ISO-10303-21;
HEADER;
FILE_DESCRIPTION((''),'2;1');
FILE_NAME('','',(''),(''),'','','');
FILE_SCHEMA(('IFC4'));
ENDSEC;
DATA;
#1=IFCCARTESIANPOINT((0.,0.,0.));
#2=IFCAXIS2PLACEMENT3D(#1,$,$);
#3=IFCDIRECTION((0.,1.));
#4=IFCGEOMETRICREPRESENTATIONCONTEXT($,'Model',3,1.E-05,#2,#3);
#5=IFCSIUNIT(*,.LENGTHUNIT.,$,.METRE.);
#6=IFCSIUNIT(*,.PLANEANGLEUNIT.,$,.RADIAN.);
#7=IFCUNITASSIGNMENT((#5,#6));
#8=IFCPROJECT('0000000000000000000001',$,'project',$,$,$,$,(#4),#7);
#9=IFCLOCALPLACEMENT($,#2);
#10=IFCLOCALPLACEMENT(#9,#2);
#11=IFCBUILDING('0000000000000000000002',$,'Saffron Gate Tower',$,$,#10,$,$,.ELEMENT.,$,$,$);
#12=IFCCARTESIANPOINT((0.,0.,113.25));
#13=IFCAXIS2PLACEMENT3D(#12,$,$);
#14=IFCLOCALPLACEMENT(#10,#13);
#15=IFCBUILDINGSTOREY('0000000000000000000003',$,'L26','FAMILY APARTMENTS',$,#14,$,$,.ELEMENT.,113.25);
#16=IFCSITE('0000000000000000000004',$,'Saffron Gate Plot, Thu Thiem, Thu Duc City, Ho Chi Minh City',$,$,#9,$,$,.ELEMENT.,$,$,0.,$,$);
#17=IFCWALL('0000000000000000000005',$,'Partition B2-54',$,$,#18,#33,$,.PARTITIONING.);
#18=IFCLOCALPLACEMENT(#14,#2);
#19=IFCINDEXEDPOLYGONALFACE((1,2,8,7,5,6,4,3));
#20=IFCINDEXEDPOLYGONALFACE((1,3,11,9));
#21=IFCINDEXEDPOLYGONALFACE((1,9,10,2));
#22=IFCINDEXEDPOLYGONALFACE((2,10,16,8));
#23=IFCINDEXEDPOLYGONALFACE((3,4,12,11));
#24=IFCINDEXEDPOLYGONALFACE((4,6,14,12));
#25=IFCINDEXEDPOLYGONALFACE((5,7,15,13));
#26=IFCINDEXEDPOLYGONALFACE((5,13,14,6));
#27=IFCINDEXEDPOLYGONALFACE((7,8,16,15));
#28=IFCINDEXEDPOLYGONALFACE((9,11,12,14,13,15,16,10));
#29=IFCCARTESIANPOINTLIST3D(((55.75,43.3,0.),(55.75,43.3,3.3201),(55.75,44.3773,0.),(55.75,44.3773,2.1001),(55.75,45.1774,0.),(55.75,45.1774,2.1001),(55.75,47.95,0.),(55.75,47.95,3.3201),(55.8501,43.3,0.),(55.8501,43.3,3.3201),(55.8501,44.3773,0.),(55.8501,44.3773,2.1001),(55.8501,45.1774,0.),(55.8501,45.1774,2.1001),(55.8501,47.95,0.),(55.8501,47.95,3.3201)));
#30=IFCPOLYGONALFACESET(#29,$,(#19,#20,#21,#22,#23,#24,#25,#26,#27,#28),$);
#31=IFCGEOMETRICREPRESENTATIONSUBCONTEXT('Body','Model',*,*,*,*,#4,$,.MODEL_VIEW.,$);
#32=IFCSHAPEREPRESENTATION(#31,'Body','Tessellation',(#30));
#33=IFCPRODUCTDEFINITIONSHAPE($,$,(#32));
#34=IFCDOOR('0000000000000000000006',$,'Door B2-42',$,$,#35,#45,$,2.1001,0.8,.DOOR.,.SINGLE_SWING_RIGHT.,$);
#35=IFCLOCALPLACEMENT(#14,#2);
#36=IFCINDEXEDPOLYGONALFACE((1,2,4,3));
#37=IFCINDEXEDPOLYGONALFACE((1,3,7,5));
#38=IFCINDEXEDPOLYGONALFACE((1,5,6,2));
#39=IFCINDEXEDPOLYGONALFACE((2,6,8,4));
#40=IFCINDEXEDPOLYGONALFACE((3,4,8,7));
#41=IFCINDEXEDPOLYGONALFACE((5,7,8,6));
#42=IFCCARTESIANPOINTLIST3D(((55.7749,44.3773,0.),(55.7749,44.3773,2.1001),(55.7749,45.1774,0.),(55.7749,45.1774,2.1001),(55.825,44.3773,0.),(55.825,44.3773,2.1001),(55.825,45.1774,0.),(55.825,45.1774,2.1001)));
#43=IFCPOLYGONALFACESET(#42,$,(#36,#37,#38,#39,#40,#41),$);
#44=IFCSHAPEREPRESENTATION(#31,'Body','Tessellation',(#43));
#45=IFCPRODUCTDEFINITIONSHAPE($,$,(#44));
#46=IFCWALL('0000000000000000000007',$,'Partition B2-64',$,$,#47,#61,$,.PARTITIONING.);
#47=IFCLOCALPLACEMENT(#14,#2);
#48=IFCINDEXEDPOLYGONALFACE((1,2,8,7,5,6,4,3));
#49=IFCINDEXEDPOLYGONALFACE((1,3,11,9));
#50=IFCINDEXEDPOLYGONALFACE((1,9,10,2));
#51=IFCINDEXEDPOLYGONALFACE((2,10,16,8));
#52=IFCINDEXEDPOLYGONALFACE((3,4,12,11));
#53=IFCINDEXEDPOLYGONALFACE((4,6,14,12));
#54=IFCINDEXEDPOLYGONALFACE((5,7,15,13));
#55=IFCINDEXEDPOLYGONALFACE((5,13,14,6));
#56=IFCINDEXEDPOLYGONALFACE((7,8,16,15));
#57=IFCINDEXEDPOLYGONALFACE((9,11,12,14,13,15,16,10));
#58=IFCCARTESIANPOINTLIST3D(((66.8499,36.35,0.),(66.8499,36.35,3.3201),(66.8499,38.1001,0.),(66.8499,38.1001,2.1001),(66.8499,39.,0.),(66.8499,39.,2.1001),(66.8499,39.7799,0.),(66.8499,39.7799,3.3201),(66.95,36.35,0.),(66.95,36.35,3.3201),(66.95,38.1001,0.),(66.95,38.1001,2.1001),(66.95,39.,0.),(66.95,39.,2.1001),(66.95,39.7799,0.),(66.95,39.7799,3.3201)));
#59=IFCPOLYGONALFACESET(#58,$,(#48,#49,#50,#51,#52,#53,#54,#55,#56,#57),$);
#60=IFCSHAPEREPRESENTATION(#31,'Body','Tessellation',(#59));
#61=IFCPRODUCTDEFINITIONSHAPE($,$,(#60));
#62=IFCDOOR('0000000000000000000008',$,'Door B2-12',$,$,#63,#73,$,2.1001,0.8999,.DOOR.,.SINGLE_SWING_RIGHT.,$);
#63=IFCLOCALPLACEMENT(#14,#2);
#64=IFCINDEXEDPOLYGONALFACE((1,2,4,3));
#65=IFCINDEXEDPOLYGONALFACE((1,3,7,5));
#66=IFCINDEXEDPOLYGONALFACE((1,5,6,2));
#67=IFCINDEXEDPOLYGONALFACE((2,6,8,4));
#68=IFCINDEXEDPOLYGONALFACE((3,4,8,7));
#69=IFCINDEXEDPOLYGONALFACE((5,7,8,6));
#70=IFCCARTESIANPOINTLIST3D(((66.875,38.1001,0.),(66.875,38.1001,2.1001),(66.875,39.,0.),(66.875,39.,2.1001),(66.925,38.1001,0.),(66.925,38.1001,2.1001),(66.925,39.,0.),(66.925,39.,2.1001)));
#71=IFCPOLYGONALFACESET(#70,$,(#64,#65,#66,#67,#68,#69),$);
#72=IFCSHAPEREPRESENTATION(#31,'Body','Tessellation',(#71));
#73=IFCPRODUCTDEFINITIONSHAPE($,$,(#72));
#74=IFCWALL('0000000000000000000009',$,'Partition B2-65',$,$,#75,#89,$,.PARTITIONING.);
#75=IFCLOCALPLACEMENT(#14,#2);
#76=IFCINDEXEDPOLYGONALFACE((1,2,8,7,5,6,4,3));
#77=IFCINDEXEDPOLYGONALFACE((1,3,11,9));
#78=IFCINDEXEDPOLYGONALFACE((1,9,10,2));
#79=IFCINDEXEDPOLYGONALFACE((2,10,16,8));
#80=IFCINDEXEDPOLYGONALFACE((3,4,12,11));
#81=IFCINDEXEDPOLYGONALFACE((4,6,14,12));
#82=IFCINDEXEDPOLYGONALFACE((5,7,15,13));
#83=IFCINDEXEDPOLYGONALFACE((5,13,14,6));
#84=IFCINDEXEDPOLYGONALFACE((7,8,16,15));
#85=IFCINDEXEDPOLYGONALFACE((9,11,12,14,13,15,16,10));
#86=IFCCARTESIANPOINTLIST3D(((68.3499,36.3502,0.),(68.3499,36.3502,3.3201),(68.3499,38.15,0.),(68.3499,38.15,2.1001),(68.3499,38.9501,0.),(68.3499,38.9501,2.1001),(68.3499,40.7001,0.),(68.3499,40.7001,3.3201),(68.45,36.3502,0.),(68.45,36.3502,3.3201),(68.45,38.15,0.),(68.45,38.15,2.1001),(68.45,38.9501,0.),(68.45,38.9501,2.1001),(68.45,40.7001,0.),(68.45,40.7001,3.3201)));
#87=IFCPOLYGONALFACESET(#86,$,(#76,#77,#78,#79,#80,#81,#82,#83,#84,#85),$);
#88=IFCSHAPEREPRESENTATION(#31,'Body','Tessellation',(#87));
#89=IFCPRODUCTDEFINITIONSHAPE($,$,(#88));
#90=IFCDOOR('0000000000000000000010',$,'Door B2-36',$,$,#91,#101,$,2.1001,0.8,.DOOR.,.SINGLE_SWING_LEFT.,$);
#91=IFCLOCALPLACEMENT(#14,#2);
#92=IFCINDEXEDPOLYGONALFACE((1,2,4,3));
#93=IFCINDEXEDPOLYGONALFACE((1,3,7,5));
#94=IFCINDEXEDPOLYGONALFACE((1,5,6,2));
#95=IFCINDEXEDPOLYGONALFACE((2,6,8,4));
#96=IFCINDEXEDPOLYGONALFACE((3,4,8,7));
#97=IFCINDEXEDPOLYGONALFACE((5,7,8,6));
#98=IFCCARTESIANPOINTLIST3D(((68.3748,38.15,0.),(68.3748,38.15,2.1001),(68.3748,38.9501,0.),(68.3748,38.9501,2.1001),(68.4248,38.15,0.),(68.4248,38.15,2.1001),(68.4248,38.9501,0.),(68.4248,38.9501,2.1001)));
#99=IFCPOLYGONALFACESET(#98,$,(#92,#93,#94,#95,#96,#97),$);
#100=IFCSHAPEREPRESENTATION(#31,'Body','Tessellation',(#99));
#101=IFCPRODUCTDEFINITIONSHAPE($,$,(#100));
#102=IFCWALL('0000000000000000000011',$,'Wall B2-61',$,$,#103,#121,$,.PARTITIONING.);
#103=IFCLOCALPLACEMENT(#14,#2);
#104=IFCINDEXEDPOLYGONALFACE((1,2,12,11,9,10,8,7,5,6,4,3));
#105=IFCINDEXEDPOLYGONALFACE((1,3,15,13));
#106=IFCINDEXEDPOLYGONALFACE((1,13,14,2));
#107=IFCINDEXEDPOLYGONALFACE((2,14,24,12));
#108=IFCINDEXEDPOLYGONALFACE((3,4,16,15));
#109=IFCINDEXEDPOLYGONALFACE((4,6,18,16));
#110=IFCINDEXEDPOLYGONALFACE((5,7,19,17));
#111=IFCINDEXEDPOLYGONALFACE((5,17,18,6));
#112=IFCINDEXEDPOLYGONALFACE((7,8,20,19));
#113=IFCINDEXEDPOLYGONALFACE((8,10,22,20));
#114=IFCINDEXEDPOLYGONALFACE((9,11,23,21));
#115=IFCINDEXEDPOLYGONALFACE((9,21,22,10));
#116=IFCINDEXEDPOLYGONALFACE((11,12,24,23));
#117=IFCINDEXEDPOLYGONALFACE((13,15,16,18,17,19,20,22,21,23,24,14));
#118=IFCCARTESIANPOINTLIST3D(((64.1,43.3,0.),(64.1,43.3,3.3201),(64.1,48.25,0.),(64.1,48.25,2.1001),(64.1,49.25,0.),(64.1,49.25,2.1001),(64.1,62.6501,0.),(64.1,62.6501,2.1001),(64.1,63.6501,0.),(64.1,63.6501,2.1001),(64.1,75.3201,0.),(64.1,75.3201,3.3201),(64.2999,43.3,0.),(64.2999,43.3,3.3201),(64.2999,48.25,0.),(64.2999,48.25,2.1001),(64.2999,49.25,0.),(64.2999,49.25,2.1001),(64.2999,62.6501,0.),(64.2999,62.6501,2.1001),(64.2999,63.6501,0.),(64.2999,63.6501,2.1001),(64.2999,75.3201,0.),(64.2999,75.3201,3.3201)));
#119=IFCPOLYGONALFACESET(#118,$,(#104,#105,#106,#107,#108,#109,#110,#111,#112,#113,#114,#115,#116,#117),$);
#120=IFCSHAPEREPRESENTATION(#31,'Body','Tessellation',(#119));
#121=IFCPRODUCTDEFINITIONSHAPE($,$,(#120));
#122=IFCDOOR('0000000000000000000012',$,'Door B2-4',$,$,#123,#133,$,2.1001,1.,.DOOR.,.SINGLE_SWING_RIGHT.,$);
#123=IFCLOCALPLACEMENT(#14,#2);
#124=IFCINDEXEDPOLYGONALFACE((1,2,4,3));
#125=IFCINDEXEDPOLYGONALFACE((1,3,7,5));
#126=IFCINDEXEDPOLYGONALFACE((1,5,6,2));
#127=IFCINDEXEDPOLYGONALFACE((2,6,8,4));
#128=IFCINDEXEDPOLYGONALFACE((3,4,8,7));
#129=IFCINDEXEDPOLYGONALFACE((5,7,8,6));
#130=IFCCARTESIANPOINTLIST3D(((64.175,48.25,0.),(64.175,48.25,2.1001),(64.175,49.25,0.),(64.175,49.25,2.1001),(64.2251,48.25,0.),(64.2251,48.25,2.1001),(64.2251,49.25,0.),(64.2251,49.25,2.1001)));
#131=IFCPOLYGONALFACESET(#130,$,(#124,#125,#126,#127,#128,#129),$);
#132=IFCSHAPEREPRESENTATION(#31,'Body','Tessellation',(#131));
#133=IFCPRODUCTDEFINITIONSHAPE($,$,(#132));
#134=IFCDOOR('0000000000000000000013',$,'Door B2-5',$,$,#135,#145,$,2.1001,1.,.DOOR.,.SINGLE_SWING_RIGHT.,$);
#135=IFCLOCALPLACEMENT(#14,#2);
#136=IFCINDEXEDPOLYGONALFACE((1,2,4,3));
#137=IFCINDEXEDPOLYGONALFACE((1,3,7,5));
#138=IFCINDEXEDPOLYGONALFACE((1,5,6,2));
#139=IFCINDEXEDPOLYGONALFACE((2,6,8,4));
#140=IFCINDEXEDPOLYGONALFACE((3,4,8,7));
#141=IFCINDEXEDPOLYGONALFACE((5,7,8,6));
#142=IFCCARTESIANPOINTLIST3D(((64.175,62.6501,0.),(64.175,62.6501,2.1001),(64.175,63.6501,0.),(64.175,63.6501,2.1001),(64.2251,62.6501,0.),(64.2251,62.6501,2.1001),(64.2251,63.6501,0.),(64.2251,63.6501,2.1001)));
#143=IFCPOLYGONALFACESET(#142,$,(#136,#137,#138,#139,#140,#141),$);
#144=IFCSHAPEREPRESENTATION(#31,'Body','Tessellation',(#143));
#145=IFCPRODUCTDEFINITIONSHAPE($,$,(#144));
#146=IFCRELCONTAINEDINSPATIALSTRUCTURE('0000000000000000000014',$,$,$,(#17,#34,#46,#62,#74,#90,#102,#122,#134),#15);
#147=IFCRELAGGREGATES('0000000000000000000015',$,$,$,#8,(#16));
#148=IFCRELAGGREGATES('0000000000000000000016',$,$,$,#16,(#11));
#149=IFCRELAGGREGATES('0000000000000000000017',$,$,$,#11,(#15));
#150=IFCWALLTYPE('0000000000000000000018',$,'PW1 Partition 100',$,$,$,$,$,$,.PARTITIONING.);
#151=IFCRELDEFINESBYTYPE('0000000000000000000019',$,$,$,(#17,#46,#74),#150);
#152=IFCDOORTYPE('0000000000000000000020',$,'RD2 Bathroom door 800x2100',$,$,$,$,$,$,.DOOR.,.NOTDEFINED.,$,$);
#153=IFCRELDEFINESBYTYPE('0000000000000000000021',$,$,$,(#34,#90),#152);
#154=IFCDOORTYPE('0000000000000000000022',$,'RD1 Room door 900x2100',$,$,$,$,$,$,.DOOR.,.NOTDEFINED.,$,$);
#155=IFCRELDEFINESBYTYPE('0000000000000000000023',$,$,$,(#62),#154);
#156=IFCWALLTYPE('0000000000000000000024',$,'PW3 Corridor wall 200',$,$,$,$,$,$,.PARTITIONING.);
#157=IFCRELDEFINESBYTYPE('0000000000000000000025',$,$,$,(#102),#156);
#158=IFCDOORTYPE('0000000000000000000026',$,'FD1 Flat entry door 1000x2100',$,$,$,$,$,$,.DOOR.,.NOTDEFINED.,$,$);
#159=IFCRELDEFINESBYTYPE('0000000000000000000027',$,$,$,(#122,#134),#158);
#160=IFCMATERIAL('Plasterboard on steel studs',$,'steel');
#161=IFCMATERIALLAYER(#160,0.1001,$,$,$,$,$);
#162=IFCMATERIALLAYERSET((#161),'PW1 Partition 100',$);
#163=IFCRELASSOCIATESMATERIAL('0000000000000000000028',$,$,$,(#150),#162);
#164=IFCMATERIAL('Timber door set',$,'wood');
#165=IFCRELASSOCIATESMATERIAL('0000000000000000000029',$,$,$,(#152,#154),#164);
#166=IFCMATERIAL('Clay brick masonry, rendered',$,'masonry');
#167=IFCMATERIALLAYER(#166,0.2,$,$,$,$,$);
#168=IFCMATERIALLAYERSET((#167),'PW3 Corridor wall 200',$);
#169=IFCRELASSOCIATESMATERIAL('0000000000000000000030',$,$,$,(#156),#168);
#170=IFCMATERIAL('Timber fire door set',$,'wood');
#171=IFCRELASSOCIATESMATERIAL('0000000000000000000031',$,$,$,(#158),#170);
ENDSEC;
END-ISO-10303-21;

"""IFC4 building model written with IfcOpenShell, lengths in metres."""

from ifc_helpers import new_model, si_unit, direction, frame, frame_2d, origin, place, context, subcontext, project, spatial, rectangle, extrude, material, layer, layer_set, type_object, element, fill, save


model = new_model("IFC4")

# Units and contexts
model_context = context("Model", 3, precision=1e-05, world=origin(), true_north=direction((0.0, 1.0)))
body_context = subcontext(model_context, "Body", "Model", "MODEL_VIEW")
ifc_project = project(units=[si_unit("LENGTHUNIT", "METRE"), si_unit("PLANEANGLEUNIT", "RADIAN")], contexts=[model_context])

# Site, building, storey
site_placement = place(None, origin())
site = spatial("IfcSite", under=ifc_project, at=site_placement, Name="Saffron Gate Plot, Thu Thiem, Thu Duc City, Ho Chi Minh City", CompositionType="ELEMENT", RefElevation=0.0)
building_placement = place(site_placement, origin())
building = spatial("IfcBuilding", under=site, at=building_placement, Name="Saffron Gate Tower", CompositionType="ELEMENT")
storey_placement = place(building_placement, frame((0.0, 0.0, 113.25)))
storey = spatial("IfcBuildingStorey", under=building, at=storey_placement, Name="L26", Description="FAMILY APARTMENTS", CompositionType="ELEMENT", Elevation=113.25)

# Shared definitions
ifc_material_1 = material(Name="Plasterboard on steel studs", Category="steel")
ifc_layer_1 = layer(ifc_material_1, 0.1001)
ifc_layer_set_1 = layer_set([ifc_layer_1], Name="PW1 Partition 100")
wall_type_1 = type_object("IfcWallType", Name="PW1 Partition 100", PredefinedType="PARTITIONING", material=ifc_layer_set_1)
ifc_material_2 = material(Name="Timber door set", Category="wood")
door_type_1 = type_object("IfcDoorType", Name="RD2 Bathroom door 800x2100", OperationType="NOTDEFINED", PredefinedType="DOOR", material=ifc_material_2)

# Shared definitions
door_type_2 = type_object("IfcDoorType", Name="RD1 Room door 900x2100", OperationType="NOTDEFINED", PredefinedType="DOOR", material=ifc_material_2)

# Walls, openings, doors
wall_1_placement = place(storey_placement, frame((55.8, 47.95, 0.0), z_axis=(0.0, 0.0, 1.0), x_axis=(0.0, -1.0, 0.0)))
wall_1 = element("IfcWall", 1, at=wall_1_placement, inside=storey, type_object=wall_type_1, Name="Partition B2-54", PredefinedType="PARTITIONING", context=body_context, shape_type="SweptSolid", body=[
    extrude(rectangle(XDim=4.6499, YDim=0.1001, at=frame_2d((2.325, 0.0))), origin(), (0.0, 0.0, 1.0), 3.3201),
])
opening_1_placement = place(wall_1_placement, frame((2.7727, 0.0, 0.0)))
opening_1 = element("IfcOpeningElement", 2, at=opening_1_placement, cuts=wall_1, PredefinedType="OPENING", context=body_context, shape_type="SweptSolid", body=[
    extrude(rectangle(XDim=0.8, YDim=2.1001, at=frame_2d((0.3999, 1.05))), frame((0.0, 0.0601, 0.0), z_axis=(0.0, -1.0, 0.0), x_axis=(1.0, 0.0, 0.0)), (0.0, 0.0, 1.0), 0.1201),
])
door_1_placement = place(opening_1_placement, origin())
door_1 = element("IfcDoor", 3, at=door_1_placement, inside=storey, type_object=door_type_1, Name="Door B2-42", OperationType="SINGLE_SWING_RIGHT", OverallHeight=2.1001, OverallWidth=0.8, PredefinedType="DOOR", context=body_context, shape_type="SweptSolid", body=[
    extrude(rectangle(XDim=0.8, YDim=2.1001, at=frame_2d((0.3999, 1.05))), frame((0.0, 0.0249, 0.0), z_axis=(0.0, -1.0, 0.0), x_axis=(1.0, 0.0, 0.0)), (0.0, 0.0, 1.0), 0.05),
])
fill(opening_1, door_1)
wall_2_placement = place(storey_placement, frame((66.8999, 36.3501, 0.0), z_axis=(0.0, 0.0, 1.0), x_axis=(0.0, 1.0, 0.0)))
wall_2 = element("IfcWall", 4, at=wall_2_placement, inside=storey, type_object=wall_type_1, Name="Partition B2-64", PredefinedType="PARTITIONING", context=body_context, shape_type="SweptSolid", body=[
    extrude(rectangle(XDim=3.4299, YDim=0.1001, at=frame_2d((1.7148, 0.0))), origin(), (0.0, 0.0, 1.0), 3.3201),
])
opening_2_placement = place(wall_2_placement, frame((1.75, 0.0, 0.0)))
opening_2 = element("IfcOpeningElement", 5, at=opening_2_placement, cuts=wall_2, PredefinedType="OPENING", context=body_context, shape_type="SweptSolid", body=[
    extrude(rectangle(XDim=0.8999, YDim=2.1001, at=frame_2d((0.45, 1.05))), frame((0.0, 0.0601, 0.0), z_axis=(0.0, -1.0, 0.0), x_axis=(1.0, 0.0, 0.0)), (0.0, 0.0, 1.0), 0.1201),
])
door_2_placement = place(opening_2_placement, origin())
door_2 = element("IfcDoor", 6, at=door_2_placement, inside=storey, type_object=door_type_2, Name="Door B2-12", OperationType="SINGLE_SWING_RIGHT", OverallHeight=2.1001, OverallWidth=0.8999, PredefinedType="DOOR", context=body_context, shape_type="SweptSolid", body=[
    extrude(rectangle(XDim=0.8999, YDim=2.1001, at=frame_2d((0.45, 1.05))), frame((0.0, 0.0249, 0.0), z_axis=(0.0, -1.0, 0.0), x_axis=(1.0, 0.0, 0.0)), (0.0, 0.0, 1.0), 0.05),
])
fill(opening_2, door_2)
wall_3_placement = place(storey_placement, frame((68.3999, 40.7, 0.0), z_axis=(0.0, 0.0, 1.0), x_axis=(0.0, -1.0, 0.0)))
wall_3 = element("IfcWall", 7, at=wall_3_placement, inside=storey, type_object=wall_type_1, Name="Partition B2-65", PredefinedType="PARTITIONING", context=body_context, shape_type="SweptSolid", body=[
    extrude(rectangle(XDim=4.3499, YDim=0.1001, at=frame_2d((2.1748, 0.0))), origin(), (0.0, 0.0, 1.0), 3.3201),
])
opening_3_placement = place(wall_3_placement, frame((1.75, 0.0, 0.0)))
opening_3 = element("IfcOpeningElement", 8, at=opening_3_placement, cuts=wall_3, PredefinedType="OPENING", context=body_context, shape_type="SweptSolid", body=[
    extrude(rectangle(XDim=0.8, YDim=2.1001, at=frame_2d((0.3999, 1.05))), frame((0.0, 0.0601, 0.0), z_axis=(0.0, -1.0, 0.0), x_axis=(1.0, 0.0, 0.0)), (0.0, 0.0, 1.0), 0.1201),
])
door_3_placement = place(opening_3_placement, origin())
door_3 = element("IfcDoor", 9, at=door_3_placement, inside=storey, type_object=door_type_1, Name="Door B2-36", OperationType="SINGLE_SWING_LEFT", OverallHeight=2.1001, OverallWidth=0.8, PredefinedType="DOOR", context=body_context, shape_type="SweptSolid", body=[
    extrude(rectangle(XDim=0.8, YDim=2.1001, at=frame_2d((0.3999, 1.05))), frame((0.0, 0.0249, 0.0), z_axis=(0.0, -1.0, 0.0), x_axis=(1.0, 0.0, 0.0)), (0.0, 0.0, 1.0), 0.05),
])
fill(opening_3, door_3)

# Wall, openings, doors
ifc_material_3 = material(Name="Clay brick masonry, rendered", Category="masonry")
ifc_layer_2 = layer(ifc_material_3, 0.2)
ifc_layer_set_2 = layer_set([ifc_layer_2], Name="PW3 Corridor wall 200")
wall_type_2 = type_object("IfcWallType", Name="PW3 Corridor wall 200", PredefinedType="PARTITIONING", material=ifc_layer_set_2)
wall_4_placement = place(storey_placement, frame((64.2, 43.3, 0.0), z_axis=(0.0, 0.0, 1.0), x_axis=(0.0, 1.0, 0.0)))
wall_4 = element("IfcWall", 10, at=wall_4_placement, inside=storey, type_object=wall_type_2, Name="Wall B2-61", PredefinedType="PARTITIONING", context=body_context, shape_type="SweptSolid", body=[
    extrude(rectangle(XDim=32.02, YDim=0.2, at=frame_2d((16.01, 0.0))), origin(), (0.0, 0.0, 1.0), 3.3201),
])
opening_4_placement = place(wall_4_placement, frame((4.95, 0.0, 0.0)))
opening_4 = element("IfcOpeningElement", 11, at=opening_4_placement, cuts=wall_4, PredefinedType="OPENING", context=body_context, shape_type="SweptSolid", body=[
    extrude(rectangle(XDim=1.0, YDim=2.1001, at=frame_2d((0.5, 1.05))), frame((0.0, 0.1099, 0.0), z_axis=(0.0, -1.0, 0.0), x_axis=(1.0, 0.0, 0.0)), (0.0, 0.0, 1.0), 0.22),
])
opening_5_placement = place(wall_4_placement, frame((19.3501, 0.0, 0.0)))
opening_5 = element("IfcOpeningElement", 12, at=opening_5_placement, cuts=wall_4, PredefinedType="OPENING", context=body_context, shape_type="SweptSolid", body=[
    extrude(rectangle(XDim=1.0, YDim=2.1001, at=frame_2d((0.5, 1.05))), frame((0.0, 0.1099, 0.0), z_axis=(0.0, -1.0, 0.0), x_axis=(1.0, 0.0, 0.0)), (0.0, 0.0, 1.0), 0.22),
])
ifc_material_4 = material(Name="Timber fire door set", Category="wood")
door_type_3 = type_object("IfcDoorType", Name="FD1 Flat entry door 1000x2100", OperationType="NOTDEFINED", PredefinedType="DOOR", material=ifc_material_4)
door_4_placement = place(opening_4_placement, origin())
door_4 = element("IfcDoor", 13, at=door_4_placement, inside=storey, type_object=door_type_3, Name="Door B2-4", OperationType="SINGLE_SWING_RIGHT", OverallHeight=2.1001, OverallWidth=1.0, PredefinedType="DOOR", context=body_context, shape_type="SweptSolid", body=[
    extrude(rectangle(XDim=1.0, YDim=2.1001, at=frame_2d((0.5, 1.05))), frame((0.0, 0.0249, 0.0), z_axis=(0.0, -1.0, 0.0), x_axis=(1.0, 0.0, 0.0)), (0.0, 0.0, 1.0), 0.05),
])
fill(opening_4, door_4)
door_5_placement = place(opening_5_placement, origin())
door_5 = element("IfcDoor", 14, at=door_5_placement, inside=storey, type_object=door_type_3, Name="Door B2-5", OperationType="SINGLE_SWING_RIGHT", OverallHeight=2.1001, OverallWidth=1.0, PredefinedType="DOOR", context=body_context, shape_type="SweptSolid", body=[
    extrude(rectangle(XDim=1.0, YDim=2.1001, at=frame_2d((0.5, 1.05))), frame((0.0, 0.0249, 0.0), z_axis=(0.0, -1.0, 0.0), x_axis=(1.0, 0.0, 0.0)), (0.0, 0.0, 1.0), 0.05),
])
fill(opening_5, door_5)

save(model, "model.ifc")
